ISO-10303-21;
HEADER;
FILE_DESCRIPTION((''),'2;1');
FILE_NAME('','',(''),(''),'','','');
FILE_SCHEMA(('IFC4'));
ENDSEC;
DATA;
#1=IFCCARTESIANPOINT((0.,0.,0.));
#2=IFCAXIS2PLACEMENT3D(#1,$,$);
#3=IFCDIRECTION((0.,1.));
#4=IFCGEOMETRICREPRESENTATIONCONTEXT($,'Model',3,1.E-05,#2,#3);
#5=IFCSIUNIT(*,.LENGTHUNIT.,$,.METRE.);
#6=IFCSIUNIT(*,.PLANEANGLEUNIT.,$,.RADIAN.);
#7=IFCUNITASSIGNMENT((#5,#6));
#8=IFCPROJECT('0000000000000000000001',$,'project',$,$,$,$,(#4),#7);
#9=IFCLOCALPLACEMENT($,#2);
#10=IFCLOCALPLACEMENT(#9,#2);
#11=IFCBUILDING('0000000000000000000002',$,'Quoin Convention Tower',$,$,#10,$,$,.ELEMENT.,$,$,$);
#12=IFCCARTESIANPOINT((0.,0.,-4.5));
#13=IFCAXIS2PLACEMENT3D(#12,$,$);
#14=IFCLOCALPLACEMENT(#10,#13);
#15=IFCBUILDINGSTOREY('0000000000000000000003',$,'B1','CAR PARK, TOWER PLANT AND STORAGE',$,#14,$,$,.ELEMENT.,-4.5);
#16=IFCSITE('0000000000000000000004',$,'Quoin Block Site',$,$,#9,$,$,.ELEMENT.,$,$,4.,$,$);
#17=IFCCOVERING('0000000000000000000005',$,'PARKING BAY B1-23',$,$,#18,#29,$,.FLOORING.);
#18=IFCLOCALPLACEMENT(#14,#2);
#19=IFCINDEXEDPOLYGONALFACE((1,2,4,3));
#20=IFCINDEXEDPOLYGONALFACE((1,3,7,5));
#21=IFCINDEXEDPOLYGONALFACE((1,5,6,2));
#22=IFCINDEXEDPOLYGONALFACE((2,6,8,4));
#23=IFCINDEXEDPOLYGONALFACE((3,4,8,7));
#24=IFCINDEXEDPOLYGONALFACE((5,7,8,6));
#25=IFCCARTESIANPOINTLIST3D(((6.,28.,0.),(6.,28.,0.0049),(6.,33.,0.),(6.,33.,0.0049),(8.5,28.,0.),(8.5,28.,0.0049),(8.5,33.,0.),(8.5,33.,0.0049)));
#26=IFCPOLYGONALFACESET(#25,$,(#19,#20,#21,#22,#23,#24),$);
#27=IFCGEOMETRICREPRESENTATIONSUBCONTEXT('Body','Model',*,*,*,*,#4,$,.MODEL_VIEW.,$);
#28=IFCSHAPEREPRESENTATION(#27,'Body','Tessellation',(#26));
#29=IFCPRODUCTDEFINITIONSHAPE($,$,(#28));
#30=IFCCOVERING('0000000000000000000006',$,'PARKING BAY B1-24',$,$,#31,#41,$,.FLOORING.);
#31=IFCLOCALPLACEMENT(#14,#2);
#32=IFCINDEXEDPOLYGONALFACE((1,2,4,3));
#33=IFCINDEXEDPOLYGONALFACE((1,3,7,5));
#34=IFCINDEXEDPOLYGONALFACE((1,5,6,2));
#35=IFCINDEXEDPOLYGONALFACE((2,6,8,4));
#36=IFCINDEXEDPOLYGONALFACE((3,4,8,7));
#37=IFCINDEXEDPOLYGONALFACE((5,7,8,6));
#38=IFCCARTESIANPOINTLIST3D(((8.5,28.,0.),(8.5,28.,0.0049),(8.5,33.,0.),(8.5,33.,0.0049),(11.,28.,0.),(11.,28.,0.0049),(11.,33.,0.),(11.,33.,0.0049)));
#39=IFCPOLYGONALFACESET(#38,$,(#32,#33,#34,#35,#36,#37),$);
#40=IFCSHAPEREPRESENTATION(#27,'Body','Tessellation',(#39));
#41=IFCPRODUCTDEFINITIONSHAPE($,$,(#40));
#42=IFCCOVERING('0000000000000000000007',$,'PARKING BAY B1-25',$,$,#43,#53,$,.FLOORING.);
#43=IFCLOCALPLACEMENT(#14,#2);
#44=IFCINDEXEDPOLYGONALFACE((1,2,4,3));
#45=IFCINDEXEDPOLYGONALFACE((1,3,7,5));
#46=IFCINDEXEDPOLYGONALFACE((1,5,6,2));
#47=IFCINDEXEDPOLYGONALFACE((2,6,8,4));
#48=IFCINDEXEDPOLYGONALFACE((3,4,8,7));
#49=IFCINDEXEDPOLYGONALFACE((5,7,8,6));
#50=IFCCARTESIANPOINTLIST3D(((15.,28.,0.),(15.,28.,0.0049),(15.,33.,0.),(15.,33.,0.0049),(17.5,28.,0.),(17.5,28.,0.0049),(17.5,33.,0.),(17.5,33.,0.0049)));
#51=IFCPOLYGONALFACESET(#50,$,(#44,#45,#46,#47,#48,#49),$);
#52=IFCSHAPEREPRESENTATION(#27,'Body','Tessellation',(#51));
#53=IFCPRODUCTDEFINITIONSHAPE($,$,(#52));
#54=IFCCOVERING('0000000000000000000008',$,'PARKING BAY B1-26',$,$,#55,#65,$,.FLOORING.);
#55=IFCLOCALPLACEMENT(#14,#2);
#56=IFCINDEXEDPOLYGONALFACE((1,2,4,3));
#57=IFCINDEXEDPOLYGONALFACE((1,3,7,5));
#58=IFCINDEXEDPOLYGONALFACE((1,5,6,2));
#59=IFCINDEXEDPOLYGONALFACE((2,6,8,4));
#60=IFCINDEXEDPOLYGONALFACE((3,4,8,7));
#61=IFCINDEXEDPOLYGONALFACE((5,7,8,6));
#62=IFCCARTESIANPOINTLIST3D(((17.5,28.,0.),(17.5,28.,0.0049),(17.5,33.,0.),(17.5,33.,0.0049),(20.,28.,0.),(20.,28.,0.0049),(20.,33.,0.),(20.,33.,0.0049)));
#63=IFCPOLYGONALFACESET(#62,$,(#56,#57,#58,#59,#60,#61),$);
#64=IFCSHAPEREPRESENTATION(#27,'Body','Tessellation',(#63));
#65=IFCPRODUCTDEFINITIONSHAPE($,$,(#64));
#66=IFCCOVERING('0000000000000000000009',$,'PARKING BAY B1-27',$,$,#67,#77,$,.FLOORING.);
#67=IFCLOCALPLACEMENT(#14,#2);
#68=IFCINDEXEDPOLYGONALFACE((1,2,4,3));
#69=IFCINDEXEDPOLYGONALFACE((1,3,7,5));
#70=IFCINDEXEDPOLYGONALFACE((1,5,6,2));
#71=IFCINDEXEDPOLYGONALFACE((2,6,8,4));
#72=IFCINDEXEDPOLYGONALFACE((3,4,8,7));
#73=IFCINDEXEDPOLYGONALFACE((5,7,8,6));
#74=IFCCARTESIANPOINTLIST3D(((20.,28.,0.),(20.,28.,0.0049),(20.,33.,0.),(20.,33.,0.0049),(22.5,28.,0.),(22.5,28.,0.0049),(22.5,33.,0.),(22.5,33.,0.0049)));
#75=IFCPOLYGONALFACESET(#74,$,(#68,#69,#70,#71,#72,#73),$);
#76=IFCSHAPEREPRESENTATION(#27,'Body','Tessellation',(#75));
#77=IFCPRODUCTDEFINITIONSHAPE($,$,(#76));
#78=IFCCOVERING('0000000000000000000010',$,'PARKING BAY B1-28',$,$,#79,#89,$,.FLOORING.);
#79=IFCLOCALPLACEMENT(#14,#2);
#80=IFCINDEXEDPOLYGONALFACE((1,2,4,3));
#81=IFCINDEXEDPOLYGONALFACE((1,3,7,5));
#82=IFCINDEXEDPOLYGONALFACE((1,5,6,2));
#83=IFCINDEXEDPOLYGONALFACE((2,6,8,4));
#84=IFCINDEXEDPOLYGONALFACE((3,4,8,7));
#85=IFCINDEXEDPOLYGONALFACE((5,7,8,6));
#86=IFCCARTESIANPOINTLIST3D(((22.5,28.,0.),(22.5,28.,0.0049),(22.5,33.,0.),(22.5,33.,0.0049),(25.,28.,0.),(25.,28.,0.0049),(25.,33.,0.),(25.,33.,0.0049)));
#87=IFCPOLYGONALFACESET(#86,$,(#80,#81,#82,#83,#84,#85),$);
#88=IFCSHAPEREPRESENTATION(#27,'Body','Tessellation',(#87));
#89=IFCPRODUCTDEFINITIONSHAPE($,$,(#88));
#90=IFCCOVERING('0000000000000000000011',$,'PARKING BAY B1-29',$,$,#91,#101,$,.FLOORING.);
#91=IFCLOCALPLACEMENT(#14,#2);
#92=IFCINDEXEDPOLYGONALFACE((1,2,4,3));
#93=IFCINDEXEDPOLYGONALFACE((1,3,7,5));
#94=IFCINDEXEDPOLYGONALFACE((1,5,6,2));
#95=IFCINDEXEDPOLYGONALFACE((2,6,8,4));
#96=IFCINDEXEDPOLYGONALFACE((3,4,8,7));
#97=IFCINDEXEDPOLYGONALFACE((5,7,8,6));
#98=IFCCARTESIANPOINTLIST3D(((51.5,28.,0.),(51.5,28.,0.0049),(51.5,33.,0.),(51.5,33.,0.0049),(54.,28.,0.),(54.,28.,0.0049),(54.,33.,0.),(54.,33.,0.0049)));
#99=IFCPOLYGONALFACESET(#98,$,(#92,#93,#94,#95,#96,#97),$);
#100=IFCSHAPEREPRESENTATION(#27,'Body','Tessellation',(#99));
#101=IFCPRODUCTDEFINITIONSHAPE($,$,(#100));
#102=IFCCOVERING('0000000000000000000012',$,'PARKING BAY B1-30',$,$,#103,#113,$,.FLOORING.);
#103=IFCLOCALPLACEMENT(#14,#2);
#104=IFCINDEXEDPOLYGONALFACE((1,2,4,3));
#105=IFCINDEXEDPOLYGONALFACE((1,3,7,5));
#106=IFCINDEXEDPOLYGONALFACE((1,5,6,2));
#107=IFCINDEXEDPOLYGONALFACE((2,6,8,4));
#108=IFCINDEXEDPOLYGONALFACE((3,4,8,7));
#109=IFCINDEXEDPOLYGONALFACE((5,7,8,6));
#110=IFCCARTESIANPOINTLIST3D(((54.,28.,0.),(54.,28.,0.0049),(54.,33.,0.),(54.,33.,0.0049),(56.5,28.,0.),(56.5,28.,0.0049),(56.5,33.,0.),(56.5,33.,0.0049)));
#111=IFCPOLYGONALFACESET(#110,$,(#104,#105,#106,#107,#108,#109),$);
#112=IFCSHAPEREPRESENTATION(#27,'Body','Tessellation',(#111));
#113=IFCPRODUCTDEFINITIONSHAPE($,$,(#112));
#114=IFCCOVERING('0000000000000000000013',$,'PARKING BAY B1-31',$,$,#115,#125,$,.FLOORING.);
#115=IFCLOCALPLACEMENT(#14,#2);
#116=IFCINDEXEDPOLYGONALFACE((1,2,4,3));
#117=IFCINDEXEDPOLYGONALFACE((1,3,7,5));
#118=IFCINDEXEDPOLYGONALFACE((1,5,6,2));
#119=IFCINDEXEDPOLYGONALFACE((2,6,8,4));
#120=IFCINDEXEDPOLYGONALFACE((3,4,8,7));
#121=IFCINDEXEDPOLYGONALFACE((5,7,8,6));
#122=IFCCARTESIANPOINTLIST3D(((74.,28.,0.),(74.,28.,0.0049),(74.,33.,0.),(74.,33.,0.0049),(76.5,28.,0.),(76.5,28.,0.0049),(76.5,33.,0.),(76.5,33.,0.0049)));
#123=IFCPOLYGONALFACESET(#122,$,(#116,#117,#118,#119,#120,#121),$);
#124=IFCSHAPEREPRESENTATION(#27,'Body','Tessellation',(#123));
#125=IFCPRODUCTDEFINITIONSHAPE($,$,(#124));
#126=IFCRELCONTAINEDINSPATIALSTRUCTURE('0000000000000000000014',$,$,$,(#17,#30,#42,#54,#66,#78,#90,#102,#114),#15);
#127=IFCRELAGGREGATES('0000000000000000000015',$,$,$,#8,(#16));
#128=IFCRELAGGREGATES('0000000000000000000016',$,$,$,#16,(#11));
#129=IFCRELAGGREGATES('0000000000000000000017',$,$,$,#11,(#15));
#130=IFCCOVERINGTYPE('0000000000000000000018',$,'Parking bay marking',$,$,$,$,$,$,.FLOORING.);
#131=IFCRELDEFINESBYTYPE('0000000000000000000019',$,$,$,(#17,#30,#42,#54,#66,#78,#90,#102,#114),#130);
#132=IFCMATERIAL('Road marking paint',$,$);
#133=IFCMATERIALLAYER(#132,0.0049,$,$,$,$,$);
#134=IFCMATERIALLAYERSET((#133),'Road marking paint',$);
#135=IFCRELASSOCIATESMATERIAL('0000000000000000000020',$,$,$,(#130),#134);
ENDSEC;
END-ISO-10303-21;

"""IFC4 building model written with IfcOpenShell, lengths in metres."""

from ifc_helpers import new_model, si_unit, direction, frame, origin, place, context, subcontext, project, spatial, polyline, outline, extrude, material, layer, layer_set, type_object, element, save


model = new_model("IFC4")

# Units and contexts
model_context = context("Model", 3, precision=1e-05, world=origin(), true_north=direction((0.0, 1.0)))
body_context = subcontext(model_context, "Body", "Model", "MODEL_VIEW")
ifc_project = project(units=[si_unit("LENGTHUNIT", "METRE"), si_unit("PLANEANGLEUNIT", "RADIAN")], contexts=[model_context])

# Site, building, storey
site_placement = place(None, origin())
site = spatial("IfcSite", under=ifc_project, at=site_placement, Name="Quoin Block Site", CompositionType="ELEMENT", RefElevation=4.0)
building_placement = place(site_placement, origin())
building = spatial("IfcBuilding", under=site, at=building_placement, Name="Quoin Convention Tower", CompositionType="ELEMENT")
storey_placement = place(building_placement, frame((0.0, 0.0, -4.5)))
storey = spatial("IfcBuildingStorey", under=building, at=storey_placement, Name="B1", Description="CAR PARK, TOWER PLANT AND STORAGE", CompositionType="ELEMENT", Elevation=-4.5)

# Coverings
ifc_material_1 = material(Name="Road marking paint")
ifc_layer_1 = layer(ifc_material_1, 0.0049)
ifc_layer_set_1 = layer_set([ifc_layer_1], Name="Road marking paint")
covering_type = type_object("IfcCoveringType", Name="Parking bay marking", PredefinedType="FLOORING", material=ifc_layer_set_1)
covering_1_placement = place(storey_placement, origin())
element("IfcCovering", 1, at=covering_1_placement, inside=storey, type_object=covering_type, Name="PARKING BAY B1-23", PredefinedType="FLOORING", context=body_context, shape_type="SweptSolid", body=[
    extrude(outline(polyline([(6.0, 28.0), (8.5, 28.0), (8.5, 33.0), (6.0, 33.0), (6.0, 28.0)])), origin(), (0.0, 0.0, 1.0), 0.0049),
])
covering_2_placement = place(storey_placement, origin())
element("IfcCovering", 2, at=covering_2_placement, inside=storey, type_object=covering_type, Name="PARKING BAY B1-24", PredefinedType="FLOORING", context=body_context, shape_type="SweptSolid", body=[
    extrude(outline(polyline([(8.5, 28.0), (11.0, 28.0), (11.0, 33.0), (8.5, 33.0), (8.5, 28.0)])), origin(), (0.0, 0.0, 1.0), 0.0049),
])
covering_3_placement = place(storey_placement, origin())
element("IfcCovering", 3, at=covering_3_placement, inside=storey, type_object=covering_type, Name="PARKING BAY B1-25", PredefinedType="FLOORING", context=body_context, shape_type="SweptSolid", body=[
    extrude(outline(polyline([(15.0, 28.0), (17.5, 28.0), (17.5, 33.0), (15.0, 33.0), (15.0, 28.0)])), origin(), (0.0, 0.0, 1.0), 0.0049),
])
covering_4_placement = place(storey_placement, origin())
element("IfcCovering", 4, at=covering_4_placement, inside=storey, type_object=covering_type, Name="PARKING BAY B1-26", PredefinedType="FLOORING", context=body_context, shape_type="SweptSolid", body=[
    extrude(outline(polyline([(17.5, 28.0), (20.0, 28.0), (20.0, 33.0), (17.5, 33.0), (17.5, 28.0)])), origin(), (0.0, 0.0, 1.0), 0.0049),
])
covering_5_placement = place(storey_placement, origin())
element("IfcCovering", 5, at=covering_5_placement, inside=storey, type_object=covering_type, Name="PARKING BAY B1-27", PredefinedType="FLOORING", context=body_context, shape_type="SweptSolid", body=[
    extrude(outline(polyline([(20.0, 28.0), (22.5, 28.0), (22.5, 33.0), (20.0, 33.0), (20.0, 28.0)])), origin(), (0.0, 0.0, 1.0), 0.0049),
])
covering_6_placement = place(storey_placement, origin())
element("IfcCovering", 6, at=covering_6_placement, inside=storey, type_object=covering_type, Name="PARKING BAY B1-28", PredefinedType="FLOORING", context=body_context, shape_type="SweptSolid", body=[
    extrude(outline(polyline([(22.5, 28.0), (25.0, 28.0), (25.0, 33.0), (22.5, 33.0), (22.5, 28.0)])), origin(), (0.0, 0.0, 1.0), 0.0049),
])
covering_7_placement = place(storey_placement, origin())
element("IfcCovering", 7, at=covering_7_placement, inside=storey, type_object=covering_type, Name="PARKING BAY B1-29", PredefinedType="FLOORING", context=body_context, shape_type="SweptSolid", body=[
    extrude(outline(polyline([(51.5, 28.0), (54.0, 28.0), (54.0, 33.0), (51.5, 33.0), (51.5, 28.0)])), origin(), (0.0, 0.0, 1.0), 0.0049),
])
covering_8_placement = place(storey_placement, origin())
element("IfcCovering", 8, at=covering_8_placement, inside=storey, type_object=covering_type, Name="PARKING BAY B1-30", PredefinedType="FLOORING", context=body_context, shape_type="SweptSolid", body=[
    extrude(outline(polyline([(54.0, 28.0), (56.5, 28.0), (56.5, 33.0), (54.0, 33.0), (54.0, 28.0)])), origin(), (0.0, 0.0, 1.0), 0.0049),
])
covering_9_placement = place(storey_placement, origin())
element("IfcCovering", 9, at=covering_9_placement, inside=storey, type_object=covering_type, Name="PARKING BAY B1-31", PredefinedType="FLOORING", context=body_context, shape_type="SweptSolid", body=[
    extrude(outline(polyline([(74.0, 28.0), (76.5, 28.0), (76.5, 33.0), (74.0, 33.0), (74.0, 28.0)])), origin(), (0.0, 0.0, 1.0), 0.0049),
])

save(model, "model.ifc")
